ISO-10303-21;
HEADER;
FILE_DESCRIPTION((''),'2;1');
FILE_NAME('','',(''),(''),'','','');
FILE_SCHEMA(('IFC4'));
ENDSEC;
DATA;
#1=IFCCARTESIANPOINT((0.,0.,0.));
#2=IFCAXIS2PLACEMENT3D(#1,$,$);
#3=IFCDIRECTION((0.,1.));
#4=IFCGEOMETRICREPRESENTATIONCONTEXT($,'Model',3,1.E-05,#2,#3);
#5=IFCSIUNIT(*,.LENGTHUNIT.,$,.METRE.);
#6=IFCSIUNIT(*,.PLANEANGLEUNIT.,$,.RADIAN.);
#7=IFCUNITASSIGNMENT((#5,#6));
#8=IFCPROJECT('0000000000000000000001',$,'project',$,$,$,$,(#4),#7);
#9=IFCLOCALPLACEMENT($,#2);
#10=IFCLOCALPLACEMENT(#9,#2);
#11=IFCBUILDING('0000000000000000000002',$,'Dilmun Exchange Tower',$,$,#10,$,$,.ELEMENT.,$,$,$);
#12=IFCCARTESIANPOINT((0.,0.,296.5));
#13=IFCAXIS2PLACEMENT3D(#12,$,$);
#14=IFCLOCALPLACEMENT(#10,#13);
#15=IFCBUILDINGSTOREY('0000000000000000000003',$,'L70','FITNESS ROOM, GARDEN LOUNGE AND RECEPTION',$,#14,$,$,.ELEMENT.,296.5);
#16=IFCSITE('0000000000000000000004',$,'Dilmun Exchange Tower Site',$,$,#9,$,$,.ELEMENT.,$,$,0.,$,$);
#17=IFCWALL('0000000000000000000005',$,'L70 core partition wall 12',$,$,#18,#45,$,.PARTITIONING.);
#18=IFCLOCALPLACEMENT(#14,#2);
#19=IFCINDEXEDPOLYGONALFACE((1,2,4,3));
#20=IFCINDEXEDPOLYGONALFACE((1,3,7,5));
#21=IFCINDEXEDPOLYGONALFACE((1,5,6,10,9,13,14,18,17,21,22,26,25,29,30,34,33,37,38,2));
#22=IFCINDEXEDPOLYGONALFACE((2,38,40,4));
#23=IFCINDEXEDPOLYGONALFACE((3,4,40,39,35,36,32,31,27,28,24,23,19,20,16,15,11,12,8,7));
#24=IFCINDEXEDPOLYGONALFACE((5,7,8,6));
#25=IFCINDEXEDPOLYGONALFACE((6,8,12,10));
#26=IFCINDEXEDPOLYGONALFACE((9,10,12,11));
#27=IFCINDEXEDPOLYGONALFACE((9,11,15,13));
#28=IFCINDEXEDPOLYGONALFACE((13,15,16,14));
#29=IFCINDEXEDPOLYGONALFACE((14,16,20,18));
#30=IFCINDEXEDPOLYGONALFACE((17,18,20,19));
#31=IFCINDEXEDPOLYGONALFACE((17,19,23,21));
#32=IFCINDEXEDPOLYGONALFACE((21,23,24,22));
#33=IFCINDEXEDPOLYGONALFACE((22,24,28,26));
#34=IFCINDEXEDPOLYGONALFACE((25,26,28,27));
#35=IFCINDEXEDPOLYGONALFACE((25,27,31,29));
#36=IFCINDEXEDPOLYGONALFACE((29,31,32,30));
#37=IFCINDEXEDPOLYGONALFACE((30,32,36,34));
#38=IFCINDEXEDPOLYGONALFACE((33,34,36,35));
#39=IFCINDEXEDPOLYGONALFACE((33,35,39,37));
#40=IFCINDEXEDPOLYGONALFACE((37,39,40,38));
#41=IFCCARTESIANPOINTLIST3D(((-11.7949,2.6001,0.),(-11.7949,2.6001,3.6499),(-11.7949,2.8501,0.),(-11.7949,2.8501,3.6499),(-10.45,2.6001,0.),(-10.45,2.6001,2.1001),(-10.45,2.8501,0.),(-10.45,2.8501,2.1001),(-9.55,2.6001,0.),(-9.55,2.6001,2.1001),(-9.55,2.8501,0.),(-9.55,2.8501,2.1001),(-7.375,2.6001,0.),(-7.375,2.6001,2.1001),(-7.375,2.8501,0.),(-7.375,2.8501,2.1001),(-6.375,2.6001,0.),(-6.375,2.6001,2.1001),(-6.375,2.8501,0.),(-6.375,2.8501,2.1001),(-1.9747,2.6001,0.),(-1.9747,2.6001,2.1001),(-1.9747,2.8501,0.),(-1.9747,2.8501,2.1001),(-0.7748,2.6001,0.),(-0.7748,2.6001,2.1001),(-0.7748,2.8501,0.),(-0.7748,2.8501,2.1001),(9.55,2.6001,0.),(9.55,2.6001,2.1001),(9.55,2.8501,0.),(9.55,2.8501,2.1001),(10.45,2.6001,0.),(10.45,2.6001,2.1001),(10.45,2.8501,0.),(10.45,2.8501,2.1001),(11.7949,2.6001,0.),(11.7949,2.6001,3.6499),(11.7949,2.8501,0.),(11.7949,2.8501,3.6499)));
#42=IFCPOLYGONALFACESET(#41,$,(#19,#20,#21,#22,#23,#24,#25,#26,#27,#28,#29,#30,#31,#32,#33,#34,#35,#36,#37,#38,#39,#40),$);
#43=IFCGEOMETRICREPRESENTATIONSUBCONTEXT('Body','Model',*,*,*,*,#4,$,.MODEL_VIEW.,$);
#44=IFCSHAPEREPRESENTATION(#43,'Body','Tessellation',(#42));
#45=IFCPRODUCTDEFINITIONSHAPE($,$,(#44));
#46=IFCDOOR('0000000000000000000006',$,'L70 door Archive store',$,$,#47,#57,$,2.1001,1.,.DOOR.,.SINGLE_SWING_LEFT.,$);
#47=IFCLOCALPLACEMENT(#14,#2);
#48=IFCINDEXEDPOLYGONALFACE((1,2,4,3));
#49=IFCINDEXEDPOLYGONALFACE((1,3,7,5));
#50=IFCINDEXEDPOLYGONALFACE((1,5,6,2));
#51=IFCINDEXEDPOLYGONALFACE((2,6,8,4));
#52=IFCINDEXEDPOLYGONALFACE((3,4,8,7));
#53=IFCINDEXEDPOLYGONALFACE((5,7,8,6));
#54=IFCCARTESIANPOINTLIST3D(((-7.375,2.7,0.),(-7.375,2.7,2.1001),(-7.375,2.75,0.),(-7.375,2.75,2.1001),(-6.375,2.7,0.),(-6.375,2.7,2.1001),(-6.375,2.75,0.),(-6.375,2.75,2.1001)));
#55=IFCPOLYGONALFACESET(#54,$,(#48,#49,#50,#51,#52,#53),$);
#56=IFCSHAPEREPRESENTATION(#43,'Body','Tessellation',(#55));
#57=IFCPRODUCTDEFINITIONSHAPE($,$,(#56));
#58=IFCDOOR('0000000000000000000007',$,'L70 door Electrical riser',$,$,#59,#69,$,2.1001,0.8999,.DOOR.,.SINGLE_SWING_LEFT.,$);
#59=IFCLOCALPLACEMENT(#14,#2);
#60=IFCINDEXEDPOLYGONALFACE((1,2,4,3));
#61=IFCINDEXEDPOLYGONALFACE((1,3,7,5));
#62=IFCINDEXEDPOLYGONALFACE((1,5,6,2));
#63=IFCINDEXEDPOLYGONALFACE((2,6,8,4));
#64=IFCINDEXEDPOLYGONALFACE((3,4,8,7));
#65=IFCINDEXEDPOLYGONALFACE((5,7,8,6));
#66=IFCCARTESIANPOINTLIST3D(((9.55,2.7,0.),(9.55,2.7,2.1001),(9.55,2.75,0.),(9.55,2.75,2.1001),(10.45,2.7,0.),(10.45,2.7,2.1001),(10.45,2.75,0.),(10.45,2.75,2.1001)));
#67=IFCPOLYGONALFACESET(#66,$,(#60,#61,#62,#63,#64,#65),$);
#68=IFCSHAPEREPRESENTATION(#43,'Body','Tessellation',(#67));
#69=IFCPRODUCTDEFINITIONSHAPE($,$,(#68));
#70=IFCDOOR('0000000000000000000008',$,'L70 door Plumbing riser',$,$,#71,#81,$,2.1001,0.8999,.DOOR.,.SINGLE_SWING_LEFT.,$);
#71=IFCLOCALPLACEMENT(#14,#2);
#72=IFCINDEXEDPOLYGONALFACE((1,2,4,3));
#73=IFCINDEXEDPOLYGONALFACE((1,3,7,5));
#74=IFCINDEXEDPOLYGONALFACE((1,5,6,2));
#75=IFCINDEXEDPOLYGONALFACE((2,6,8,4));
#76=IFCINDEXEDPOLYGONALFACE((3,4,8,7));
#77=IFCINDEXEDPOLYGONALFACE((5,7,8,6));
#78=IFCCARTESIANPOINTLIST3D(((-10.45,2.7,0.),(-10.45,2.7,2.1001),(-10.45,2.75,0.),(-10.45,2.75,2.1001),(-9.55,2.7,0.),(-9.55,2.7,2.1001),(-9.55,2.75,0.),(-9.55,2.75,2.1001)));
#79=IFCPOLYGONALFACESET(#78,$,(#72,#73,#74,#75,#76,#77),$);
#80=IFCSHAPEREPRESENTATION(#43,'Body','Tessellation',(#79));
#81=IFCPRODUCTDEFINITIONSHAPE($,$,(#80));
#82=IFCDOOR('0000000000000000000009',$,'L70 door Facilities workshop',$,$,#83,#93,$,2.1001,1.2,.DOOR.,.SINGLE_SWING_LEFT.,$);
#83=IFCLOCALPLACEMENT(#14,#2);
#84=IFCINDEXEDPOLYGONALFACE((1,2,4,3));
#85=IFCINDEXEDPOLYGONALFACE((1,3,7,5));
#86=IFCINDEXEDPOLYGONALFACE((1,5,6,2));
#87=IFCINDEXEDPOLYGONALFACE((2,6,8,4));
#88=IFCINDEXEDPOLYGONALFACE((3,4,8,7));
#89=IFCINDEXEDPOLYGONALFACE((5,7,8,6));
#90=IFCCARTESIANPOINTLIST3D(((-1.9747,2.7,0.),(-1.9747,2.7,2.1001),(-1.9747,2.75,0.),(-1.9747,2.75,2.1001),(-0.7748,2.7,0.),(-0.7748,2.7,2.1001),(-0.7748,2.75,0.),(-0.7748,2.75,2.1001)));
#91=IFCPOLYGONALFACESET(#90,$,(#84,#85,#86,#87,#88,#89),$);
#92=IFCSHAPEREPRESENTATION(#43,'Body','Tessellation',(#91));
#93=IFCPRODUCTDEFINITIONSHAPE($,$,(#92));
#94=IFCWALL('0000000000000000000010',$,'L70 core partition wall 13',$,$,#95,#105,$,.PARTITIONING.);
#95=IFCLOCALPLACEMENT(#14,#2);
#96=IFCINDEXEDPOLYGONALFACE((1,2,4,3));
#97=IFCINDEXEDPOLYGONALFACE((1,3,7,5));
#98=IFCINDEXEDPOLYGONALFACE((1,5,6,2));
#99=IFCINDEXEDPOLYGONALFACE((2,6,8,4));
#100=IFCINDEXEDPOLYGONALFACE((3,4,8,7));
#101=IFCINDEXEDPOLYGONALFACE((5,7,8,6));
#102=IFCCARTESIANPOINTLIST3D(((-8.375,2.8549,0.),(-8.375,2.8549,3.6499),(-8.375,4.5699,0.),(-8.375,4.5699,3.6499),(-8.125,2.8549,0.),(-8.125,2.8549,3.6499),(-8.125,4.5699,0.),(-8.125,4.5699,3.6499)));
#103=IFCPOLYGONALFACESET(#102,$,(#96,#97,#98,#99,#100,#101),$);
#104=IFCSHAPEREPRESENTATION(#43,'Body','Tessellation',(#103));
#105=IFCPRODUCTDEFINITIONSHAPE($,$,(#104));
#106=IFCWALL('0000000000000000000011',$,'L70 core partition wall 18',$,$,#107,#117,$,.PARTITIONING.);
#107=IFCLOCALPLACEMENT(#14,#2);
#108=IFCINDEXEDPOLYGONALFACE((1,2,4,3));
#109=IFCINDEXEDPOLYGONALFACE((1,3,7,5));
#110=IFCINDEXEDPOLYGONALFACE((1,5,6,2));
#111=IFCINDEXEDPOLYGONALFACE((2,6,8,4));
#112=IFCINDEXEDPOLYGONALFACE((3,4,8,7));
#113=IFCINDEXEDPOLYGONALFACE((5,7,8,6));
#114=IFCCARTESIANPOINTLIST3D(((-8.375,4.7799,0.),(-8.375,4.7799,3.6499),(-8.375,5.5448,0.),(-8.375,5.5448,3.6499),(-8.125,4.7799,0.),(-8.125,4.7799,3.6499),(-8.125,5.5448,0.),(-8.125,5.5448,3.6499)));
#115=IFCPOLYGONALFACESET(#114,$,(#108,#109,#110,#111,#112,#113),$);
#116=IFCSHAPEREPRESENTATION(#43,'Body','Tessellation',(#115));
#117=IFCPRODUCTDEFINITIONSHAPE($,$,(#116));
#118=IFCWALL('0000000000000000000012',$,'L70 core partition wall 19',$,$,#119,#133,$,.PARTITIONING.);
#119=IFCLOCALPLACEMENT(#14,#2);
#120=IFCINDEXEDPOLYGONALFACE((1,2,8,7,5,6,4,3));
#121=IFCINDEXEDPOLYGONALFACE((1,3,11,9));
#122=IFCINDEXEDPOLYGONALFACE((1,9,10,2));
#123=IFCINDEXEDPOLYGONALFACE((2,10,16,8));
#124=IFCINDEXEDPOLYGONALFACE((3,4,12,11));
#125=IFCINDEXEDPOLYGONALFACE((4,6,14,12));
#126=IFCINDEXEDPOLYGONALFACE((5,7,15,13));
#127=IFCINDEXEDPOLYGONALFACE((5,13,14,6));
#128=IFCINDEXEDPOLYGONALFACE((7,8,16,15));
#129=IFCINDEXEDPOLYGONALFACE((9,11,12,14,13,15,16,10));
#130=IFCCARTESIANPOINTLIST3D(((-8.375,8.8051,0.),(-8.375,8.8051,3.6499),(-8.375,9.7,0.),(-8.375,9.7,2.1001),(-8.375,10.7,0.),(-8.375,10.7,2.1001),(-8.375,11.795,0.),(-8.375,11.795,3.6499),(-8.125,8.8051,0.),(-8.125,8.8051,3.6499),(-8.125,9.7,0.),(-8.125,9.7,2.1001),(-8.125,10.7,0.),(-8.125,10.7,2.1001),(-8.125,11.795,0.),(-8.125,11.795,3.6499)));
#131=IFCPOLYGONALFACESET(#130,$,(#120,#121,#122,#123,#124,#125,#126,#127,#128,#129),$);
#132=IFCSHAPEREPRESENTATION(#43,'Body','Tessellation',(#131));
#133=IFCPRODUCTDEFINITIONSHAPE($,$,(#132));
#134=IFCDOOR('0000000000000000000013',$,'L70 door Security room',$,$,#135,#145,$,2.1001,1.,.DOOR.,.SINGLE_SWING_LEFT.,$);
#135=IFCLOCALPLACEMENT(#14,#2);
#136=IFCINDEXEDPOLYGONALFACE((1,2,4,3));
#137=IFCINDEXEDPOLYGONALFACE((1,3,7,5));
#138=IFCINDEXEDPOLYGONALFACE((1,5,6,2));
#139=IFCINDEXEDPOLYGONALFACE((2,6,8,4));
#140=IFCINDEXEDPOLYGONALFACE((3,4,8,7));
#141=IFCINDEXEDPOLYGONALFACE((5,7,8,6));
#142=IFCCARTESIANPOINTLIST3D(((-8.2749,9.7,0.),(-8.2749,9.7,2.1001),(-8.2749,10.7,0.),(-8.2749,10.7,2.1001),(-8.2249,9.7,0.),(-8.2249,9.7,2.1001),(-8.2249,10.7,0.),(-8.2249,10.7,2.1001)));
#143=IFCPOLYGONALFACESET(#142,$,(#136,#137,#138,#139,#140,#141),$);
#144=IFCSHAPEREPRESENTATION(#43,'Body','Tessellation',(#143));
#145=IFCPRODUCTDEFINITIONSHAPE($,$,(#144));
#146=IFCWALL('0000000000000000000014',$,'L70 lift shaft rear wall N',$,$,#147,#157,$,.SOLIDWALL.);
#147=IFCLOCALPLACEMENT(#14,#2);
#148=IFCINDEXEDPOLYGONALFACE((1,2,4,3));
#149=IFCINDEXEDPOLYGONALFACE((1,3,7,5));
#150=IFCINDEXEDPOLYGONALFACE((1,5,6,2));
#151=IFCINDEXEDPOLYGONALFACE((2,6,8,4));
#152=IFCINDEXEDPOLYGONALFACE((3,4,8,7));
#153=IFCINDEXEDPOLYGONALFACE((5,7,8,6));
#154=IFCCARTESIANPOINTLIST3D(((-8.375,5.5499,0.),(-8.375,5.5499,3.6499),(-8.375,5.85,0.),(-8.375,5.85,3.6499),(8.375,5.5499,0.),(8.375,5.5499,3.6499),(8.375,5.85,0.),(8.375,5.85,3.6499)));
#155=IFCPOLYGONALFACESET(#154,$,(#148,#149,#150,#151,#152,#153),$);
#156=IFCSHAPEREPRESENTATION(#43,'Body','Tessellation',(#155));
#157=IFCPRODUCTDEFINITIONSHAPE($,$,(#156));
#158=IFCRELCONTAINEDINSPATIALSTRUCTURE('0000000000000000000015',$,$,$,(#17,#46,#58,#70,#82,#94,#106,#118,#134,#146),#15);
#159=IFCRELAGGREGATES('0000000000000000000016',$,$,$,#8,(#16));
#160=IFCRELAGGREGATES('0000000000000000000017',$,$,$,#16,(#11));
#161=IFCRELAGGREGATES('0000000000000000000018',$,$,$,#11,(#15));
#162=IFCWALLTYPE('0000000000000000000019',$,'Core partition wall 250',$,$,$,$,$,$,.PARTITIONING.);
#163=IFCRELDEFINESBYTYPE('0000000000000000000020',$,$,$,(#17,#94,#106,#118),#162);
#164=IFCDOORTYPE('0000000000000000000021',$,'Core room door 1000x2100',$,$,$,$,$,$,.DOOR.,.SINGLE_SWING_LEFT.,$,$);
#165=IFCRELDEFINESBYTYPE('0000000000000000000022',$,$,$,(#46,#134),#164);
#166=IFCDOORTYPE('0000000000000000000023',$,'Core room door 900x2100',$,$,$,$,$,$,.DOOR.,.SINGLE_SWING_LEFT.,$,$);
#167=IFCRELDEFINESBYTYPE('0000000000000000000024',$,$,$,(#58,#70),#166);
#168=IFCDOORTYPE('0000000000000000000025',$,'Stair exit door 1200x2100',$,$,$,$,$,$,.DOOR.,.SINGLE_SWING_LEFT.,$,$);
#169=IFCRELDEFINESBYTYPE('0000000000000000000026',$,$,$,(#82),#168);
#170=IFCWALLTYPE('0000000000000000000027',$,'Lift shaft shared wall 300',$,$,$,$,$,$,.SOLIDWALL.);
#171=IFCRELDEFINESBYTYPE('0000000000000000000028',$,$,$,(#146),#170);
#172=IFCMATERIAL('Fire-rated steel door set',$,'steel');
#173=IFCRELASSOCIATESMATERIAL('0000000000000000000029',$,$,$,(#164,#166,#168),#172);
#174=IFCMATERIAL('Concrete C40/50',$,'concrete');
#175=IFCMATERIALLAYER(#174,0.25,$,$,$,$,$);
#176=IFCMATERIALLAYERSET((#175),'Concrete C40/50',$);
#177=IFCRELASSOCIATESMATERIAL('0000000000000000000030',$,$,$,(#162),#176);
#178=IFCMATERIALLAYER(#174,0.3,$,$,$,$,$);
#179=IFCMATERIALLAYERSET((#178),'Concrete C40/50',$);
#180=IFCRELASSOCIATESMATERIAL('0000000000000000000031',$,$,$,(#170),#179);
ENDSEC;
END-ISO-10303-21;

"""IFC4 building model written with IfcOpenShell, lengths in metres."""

from ifc_helpers import new_model, si_unit, direction, frame, frame_2d, origin, place, context, subcontext, project, spatial, rectangle, extrude, material, layer, layer_set, type_object, element, fill, save


model = new_model("IFC4")

# Units and contexts
model_context = context("Model", 3, precision=1e-05, world=origin(), true_north=direction((0.0, 1.0)))
body_context = subcontext(model_context, "Body", "Model", "MODEL_VIEW")
ifc_project = project(units=[si_unit("LENGTHUNIT", "METRE"), si_unit("PLANEANGLEUNIT", "RADIAN")], contexts=[model_context])

# Site, building, storey
site_placement = place(None, origin())
site = spatial("IfcSite", under=ifc_project, at=site_placement, Name="Dilmun Exchange Tower Site", CompositionType="ELEMENT", RefElevation=0.0)
building_placement = place(site_placement, origin())
building = spatial("IfcBuilding", under=site, at=building_placement, Name="Dilmun Exchange Tower", CompositionType="ELEMENT")
storey_placement = place(building_placement, frame((0.0, 0.0, 296.5)))
storey = spatial("IfcBuildingStorey", under=building, at=storey_placement, Name="L70", Description="FITNESS ROOM, GARDEN LOUNGE AND RECEPTION", CompositionType="ELEMENT", Elevation=296.5)

# Shared definitions
ifc_material_1 = material(Name="Concrete C40/50", Category="concrete")

# Shared definitions
ifc_material_2 = material(Name="Fire-rated steel door set", Category="steel")
door_type_1 = type_object("IfcDoorType", Name="Core room door 1000x2100", OperationType="SINGLE_SWING_LEFT", PredefinedType="DOOR", material=ifc_material_2)

# Wall, openings, doors
ifc_layer_1 = layer(ifc_material_1, 0.25)
ifc_layer_set_1 = layer_set([ifc_layer_1], Name="Concrete C40/50")
wall_type_1 = type_object("IfcWallType", Name="Core partition wall 250", PredefinedType="PARTITIONING", material=ifc_layer_set_1)
wall_1_placement = place(storey_placement, frame((-11.7949, 2.7251, 0.0), z_axis=(0.0, 0.0, 1.0), x_axis=(1.0, 0.0, 0.0)))
wall_1 = element("IfcWall", 1, at=wall_1_placement, inside=storey, type_object=wall_type_1, Name="L70 core partition wall 12", PredefinedType="PARTITIONING", context=body_context, shape_type="SweptSolid", body=[
    extrude(rectangle(XDim=23.5898, YDim=0.25, at=frame_2d((11.7949, 0.0))), origin(), (0.0, 0.0, 1.0), 3.6499),
])
opening_1_placement = place(wall_1_placement, frame((21.345, 0.0, 0.0)))
opening_1 = element("IfcOpeningElement", 2, at=opening_1_placement, cuts=wall_1, PredefinedType="OPENING", context=body_context, shape_type="SweptSolid", body=[
    extrude(rectangle(XDim=0.8999, YDim=2.1001, at=frame_2d((0.45, 1.05))), frame((0.0, 0.135, 0.0), z_axis=(0.0, -1.0, 0.0), x_axis=(1.0, 0.0, 0.0)), (0.0, 0.0, 1.0), 0.27),
])
opening_2_placement = place(wall_1_placement, frame((1.345, 0.0, 0.0)))
opening_2 = element("IfcOpeningElement", 3, at=opening_2_placement, cuts=wall_1, PredefinedType="OPENING", context=body_context, shape_type="SweptSolid", body=[
    extrude(rectangle(XDim=0.8999, YDim=2.1001, at=frame_2d((0.45, 1.05))), frame((0.0, 0.135, 0.0), z_axis=(0.0, -1.0, 0.0), x_axis=(1.0, 0.0, 0.0)), (0.0, 0.0, 1.0), 0.27),
])
opening_3_placement = place(wall_1_placement, frame((4.4199, 0.0, 0.0)))
opening_3 = element("IfcOpeningElement", 4, at=opening_3_placement, cuts=wall_1, PredefinedType="OPENING", context=body_context, shape_type="SweptSolid", body=[
    extrude(rectangle(XDim=1.0, YDim=2.1001, at=frame_2d((0.5, 1.05))), frame((0.0, 0.135, 0.0), z_axis=(0.0, -1.0, 0.0), x_axis=(1.0, 0.0, 0.0)), (0.0, 0.0, 1.0), 0.27),
])
opening_4_placement = place(wall_1_placement, frame((9.8201, 0.0, 0.0)))
opening_4 = element("IfcOpeningElement", 5, at=opening_4_placement, cuts=wall_1, PredefinedType="OPENING", context=body_context, shape_type="SweptSolid", body=[
    extrude(rectangle(XDim=1.2, YDim=2.1001, at=frame_2d((0.6001, 1.05))), frame((0.0, 0.135, 0.0), z_axis=(0.0, -1.0, 0.0), x_axis=(1.0, 0.0, 0.0)), (0.0, 0.0, 1.0), 0.27),
])
door_1_placement = place(opening_3_placement, origin())
door_1 = element("IfcDoor", 6, at=door_1_placement, inside=storey, type_object=door_type_1, Name="L70 door Archive store", OperationType="SINGLE_SWING_LEFT", OverallHeight=2.1001, OverallWidth=1.0, PredefinedType="DOOR", context=body_context, shape_type="SweptSolid", body=[
    extrude(rectangle(XDim=1.0, YDim=2.1001, at=frame_2d((0.5, 1.05))), frame((0.0, 0.0249, 0.0), z_axis=(0.0, -1.0, 0.0), x_axis=(1.0, 0.0, 0.0)), (0.0, 0.0, 1.0), 0.05),
])
fill(opening_3, door_1)
door_type_2 = type_object("IfcDoorType", Name="Core room door 900x2100", OperationType="SINGLE_SWING_LEFT", PredefinedType="DOOR", material=ifc_material_2)
door_2_placement = place(opening_1_placement, origin())
door_2 = element("IfcDoor", 7, at=door_2_placement, inside=storey, type_object=door_type_2, Name="L70 door Electrical riser", OperationType="SINGLE_SWING_LEFT", OverallHeight=2.1001, OverallWidth=0.8999, PredefinedType="DOOR", context=body_context, shape_type="SweptSolid", body=[
    extrude(rectangle(XDim=0.8999, YDim=2.1001, at=frame_2d((0.45, 1.05))), frame((0.0, 0.0249, 0.0), z_axis=(0.0, -1.0, 0.0), x_axis=(1.0, 0.0, 0.0)), (0.0, 0.0, 1.0), 0.05),
])
fill(opening_1, door_2)
door_3_placement = place(opening_2_placement, origin())
door_3 = element("IfcDoor", 8, at=door_3_placement, inside=storey, type_object=door_type_2, Name="L70 door Plumbing riser", OperationType="SINGLE_SWING_LEFT", OverallHeight=2.1001, OverallWidth=0.8999, PredefinedType="DOOR", context=body_context, shape_type="SweptSolid", body=[
    extrude(rectangle(XDim=0.8999, YDim=2.1001, at=frame_2d((0.45, 1.05))), frame((0.0, 0.0249, 0.0), z_axis=(0.0, -1.0, 0.0), x_axis=(1.0, 0.0, 0.0)), (0.0, 0.0, 1.0), 0.05),
])
fill(opening_2, door_3)
door_type_3 = type_object("IfcDoorType", Name="Stair exit door 1200x2100", OperationType="SINGLE_SWING_LEFT", PredefinedType="DOOR", material=ifc_material_2)
door_4_placement = place(opening_4_placement, origin())
door_4 = element("IfcDoor", 9, at=door_4_placement, inside=storey, type_object=door_type_3, Name="L70 door Facilities workshop", OperationType="SINGLE_SWING_LEFT", OverallHeight=2.1001, OverallWidth=1.2, PredefinedType="DOOR", context=body_context, shape_type="SweptSolid", body=[
    extrude(rectangle(XDim=1.2, YDim=2.1001, at=frame_2d((0.6001, 1.05))), frame((0.0, 0.0249, 0.0), z_axis=(0.0, -1.0, 0.0), x_axis=(1.0, 0.0, 0.0)), (0.0, 0.0, 1.0), 0.05),
])
fill(opening_4, door_4)

# Walls
wall_2_placement = place(storey_placement, frame((-8.25, 2.855, 0.0), z_axis=(0.0, 0.0, 1.0), x_axis=(0.0, 1.0, 0.0)))
element("IfcWall", 10, at=wall_2_placement, inside=storey, type_object=wall_type_1, Name="L70 core partition wall 13", PredefinedType="PARTITIONING", context=body_context, shape_type="SweptSolid", body=[
    extrude(rectangle(XDim=1.7151, YDim=0.25, at=frame_2d((0.8574, 0.0))), origin(), (0.0, 0.0, 1.0), 3.6499),
])
wall_3_placement = place(storey_placement, frame((-8.25, 4.78, 0.0), z_axis=(0.0, 0.0, 1.0), x_axis=(0.0, 1.0, 0.0)))
element("IfcWall", 11, at=wall_3_placement, inside=storey, type_object=wall_type_1, Name="L70 core partition wall 18", PredefinedType="PARTITIONING", context=body_context, shape_type="SweptSolid", body=[
    extrude(rectangle(XDim=0.7649, YDim=0.25, at=frame_2d((0.3823, 0.0))), origin(), (0.0, 0.0, 1.0), 3.6499),
])

# Wall, opening, door
wall_4_placement = place(storey_placement, frame((-8.25, 8.8049, 0.0), z_axis=(0.0, 0.0, 1.0), x_axis=(0.0, 1.0, 0.0)))
wall_4 = element("IfcWall", 12, at=wall_4_placement, inside=storey, type_object=wall_type_1, Name="L70 core partition wall 19", PredefinedType="PARTITIONING", context=body_context, shape_type="SweptSolid", body=[
    extrude(rectangle(XDim=2.99, YDim=0.25, at=frame_2d((1.4951, 0.0))), origin(), (0.0, 0.0, 1.0), 3.6499),
])
opening_5_placement = place(wall_4_placement, frame((0.895, 0.0, 0.0)))
opening_5 = element("IfcOpeningElement", 13, at=opening_5_placement, cuts=wall_4, PredefinedType="OPENING", context=body_context, shape_type="SweptSolid", body=[
    extrude(rectangle(XDim=1.0, YDim=2.1001, at=frame_2d((0.5, 1.05))), frame((0.0, 0.135, 0.0), z_axis=(0.0, -1.0, 0.0), x_axis=(1.0, 0.0, 0.0)), (0.0, 0.0, 1.0), 0.27),
])
door_5_placement = place(opening_5_placement, origin())
door_5 = element("IfcDoor", 14, at=door_5_placement, inside=storey, type_object=door_type_1, Name="L70 door Security room", OperationType="SINGLE_SWING_LEFT", OverallHeight=2.1001, OverallWidth=1.0, PredefinedType="DOOR", context=body_context, shape_type="SweptSolid", body=[
    extrude(rectangle(XDim=1.0, YDim=2.1001, at=frame_2d((0.5, 1.05))), frame((0.0, 0.0249, 0.0), z_axis=(0.0, -1.0, 0.0), x_axis=(1.0, 0.0, 0.0)), (0.0, 0.0, 1.0), 0.05),
])
fill(opening_5, door_5)

# Wall
ifc_layer_2 = layer(ifc_material_1, 0.3)
ifc_layer_set_2 = layer_set([ifc_layer_2], Name="Concrete C40/50")
wall_type_2 = type_object("IfcWallType", Name="Lift shaft shared wall 300", PredefinedType="SOLIDWALL", material=ifc_layer_set_2)
wall_5_placement = place(storey_placement, frame((-8.375, 5.7, 0.0), z_axis=(0.0, 0.0, 1.0), x_axis=(1.0, 0.0, 0.0)))
element("IfcWall", 15, at=wall_5_placement, inside=storey, type_object=wall_type_2, Name="L70 lift shaft rear wall N", PredefinedType="SOLIDWALL", context=body_context, shape_type="SweptSolid", body=[
    extrude(rectangle(XDim=16.75, YDim=0.3, at=frame_2d((8.375, 0.0))), origin(), (0.0, 0.0, 1.0), 3.6499),
])

save(model, "model.ifc")
